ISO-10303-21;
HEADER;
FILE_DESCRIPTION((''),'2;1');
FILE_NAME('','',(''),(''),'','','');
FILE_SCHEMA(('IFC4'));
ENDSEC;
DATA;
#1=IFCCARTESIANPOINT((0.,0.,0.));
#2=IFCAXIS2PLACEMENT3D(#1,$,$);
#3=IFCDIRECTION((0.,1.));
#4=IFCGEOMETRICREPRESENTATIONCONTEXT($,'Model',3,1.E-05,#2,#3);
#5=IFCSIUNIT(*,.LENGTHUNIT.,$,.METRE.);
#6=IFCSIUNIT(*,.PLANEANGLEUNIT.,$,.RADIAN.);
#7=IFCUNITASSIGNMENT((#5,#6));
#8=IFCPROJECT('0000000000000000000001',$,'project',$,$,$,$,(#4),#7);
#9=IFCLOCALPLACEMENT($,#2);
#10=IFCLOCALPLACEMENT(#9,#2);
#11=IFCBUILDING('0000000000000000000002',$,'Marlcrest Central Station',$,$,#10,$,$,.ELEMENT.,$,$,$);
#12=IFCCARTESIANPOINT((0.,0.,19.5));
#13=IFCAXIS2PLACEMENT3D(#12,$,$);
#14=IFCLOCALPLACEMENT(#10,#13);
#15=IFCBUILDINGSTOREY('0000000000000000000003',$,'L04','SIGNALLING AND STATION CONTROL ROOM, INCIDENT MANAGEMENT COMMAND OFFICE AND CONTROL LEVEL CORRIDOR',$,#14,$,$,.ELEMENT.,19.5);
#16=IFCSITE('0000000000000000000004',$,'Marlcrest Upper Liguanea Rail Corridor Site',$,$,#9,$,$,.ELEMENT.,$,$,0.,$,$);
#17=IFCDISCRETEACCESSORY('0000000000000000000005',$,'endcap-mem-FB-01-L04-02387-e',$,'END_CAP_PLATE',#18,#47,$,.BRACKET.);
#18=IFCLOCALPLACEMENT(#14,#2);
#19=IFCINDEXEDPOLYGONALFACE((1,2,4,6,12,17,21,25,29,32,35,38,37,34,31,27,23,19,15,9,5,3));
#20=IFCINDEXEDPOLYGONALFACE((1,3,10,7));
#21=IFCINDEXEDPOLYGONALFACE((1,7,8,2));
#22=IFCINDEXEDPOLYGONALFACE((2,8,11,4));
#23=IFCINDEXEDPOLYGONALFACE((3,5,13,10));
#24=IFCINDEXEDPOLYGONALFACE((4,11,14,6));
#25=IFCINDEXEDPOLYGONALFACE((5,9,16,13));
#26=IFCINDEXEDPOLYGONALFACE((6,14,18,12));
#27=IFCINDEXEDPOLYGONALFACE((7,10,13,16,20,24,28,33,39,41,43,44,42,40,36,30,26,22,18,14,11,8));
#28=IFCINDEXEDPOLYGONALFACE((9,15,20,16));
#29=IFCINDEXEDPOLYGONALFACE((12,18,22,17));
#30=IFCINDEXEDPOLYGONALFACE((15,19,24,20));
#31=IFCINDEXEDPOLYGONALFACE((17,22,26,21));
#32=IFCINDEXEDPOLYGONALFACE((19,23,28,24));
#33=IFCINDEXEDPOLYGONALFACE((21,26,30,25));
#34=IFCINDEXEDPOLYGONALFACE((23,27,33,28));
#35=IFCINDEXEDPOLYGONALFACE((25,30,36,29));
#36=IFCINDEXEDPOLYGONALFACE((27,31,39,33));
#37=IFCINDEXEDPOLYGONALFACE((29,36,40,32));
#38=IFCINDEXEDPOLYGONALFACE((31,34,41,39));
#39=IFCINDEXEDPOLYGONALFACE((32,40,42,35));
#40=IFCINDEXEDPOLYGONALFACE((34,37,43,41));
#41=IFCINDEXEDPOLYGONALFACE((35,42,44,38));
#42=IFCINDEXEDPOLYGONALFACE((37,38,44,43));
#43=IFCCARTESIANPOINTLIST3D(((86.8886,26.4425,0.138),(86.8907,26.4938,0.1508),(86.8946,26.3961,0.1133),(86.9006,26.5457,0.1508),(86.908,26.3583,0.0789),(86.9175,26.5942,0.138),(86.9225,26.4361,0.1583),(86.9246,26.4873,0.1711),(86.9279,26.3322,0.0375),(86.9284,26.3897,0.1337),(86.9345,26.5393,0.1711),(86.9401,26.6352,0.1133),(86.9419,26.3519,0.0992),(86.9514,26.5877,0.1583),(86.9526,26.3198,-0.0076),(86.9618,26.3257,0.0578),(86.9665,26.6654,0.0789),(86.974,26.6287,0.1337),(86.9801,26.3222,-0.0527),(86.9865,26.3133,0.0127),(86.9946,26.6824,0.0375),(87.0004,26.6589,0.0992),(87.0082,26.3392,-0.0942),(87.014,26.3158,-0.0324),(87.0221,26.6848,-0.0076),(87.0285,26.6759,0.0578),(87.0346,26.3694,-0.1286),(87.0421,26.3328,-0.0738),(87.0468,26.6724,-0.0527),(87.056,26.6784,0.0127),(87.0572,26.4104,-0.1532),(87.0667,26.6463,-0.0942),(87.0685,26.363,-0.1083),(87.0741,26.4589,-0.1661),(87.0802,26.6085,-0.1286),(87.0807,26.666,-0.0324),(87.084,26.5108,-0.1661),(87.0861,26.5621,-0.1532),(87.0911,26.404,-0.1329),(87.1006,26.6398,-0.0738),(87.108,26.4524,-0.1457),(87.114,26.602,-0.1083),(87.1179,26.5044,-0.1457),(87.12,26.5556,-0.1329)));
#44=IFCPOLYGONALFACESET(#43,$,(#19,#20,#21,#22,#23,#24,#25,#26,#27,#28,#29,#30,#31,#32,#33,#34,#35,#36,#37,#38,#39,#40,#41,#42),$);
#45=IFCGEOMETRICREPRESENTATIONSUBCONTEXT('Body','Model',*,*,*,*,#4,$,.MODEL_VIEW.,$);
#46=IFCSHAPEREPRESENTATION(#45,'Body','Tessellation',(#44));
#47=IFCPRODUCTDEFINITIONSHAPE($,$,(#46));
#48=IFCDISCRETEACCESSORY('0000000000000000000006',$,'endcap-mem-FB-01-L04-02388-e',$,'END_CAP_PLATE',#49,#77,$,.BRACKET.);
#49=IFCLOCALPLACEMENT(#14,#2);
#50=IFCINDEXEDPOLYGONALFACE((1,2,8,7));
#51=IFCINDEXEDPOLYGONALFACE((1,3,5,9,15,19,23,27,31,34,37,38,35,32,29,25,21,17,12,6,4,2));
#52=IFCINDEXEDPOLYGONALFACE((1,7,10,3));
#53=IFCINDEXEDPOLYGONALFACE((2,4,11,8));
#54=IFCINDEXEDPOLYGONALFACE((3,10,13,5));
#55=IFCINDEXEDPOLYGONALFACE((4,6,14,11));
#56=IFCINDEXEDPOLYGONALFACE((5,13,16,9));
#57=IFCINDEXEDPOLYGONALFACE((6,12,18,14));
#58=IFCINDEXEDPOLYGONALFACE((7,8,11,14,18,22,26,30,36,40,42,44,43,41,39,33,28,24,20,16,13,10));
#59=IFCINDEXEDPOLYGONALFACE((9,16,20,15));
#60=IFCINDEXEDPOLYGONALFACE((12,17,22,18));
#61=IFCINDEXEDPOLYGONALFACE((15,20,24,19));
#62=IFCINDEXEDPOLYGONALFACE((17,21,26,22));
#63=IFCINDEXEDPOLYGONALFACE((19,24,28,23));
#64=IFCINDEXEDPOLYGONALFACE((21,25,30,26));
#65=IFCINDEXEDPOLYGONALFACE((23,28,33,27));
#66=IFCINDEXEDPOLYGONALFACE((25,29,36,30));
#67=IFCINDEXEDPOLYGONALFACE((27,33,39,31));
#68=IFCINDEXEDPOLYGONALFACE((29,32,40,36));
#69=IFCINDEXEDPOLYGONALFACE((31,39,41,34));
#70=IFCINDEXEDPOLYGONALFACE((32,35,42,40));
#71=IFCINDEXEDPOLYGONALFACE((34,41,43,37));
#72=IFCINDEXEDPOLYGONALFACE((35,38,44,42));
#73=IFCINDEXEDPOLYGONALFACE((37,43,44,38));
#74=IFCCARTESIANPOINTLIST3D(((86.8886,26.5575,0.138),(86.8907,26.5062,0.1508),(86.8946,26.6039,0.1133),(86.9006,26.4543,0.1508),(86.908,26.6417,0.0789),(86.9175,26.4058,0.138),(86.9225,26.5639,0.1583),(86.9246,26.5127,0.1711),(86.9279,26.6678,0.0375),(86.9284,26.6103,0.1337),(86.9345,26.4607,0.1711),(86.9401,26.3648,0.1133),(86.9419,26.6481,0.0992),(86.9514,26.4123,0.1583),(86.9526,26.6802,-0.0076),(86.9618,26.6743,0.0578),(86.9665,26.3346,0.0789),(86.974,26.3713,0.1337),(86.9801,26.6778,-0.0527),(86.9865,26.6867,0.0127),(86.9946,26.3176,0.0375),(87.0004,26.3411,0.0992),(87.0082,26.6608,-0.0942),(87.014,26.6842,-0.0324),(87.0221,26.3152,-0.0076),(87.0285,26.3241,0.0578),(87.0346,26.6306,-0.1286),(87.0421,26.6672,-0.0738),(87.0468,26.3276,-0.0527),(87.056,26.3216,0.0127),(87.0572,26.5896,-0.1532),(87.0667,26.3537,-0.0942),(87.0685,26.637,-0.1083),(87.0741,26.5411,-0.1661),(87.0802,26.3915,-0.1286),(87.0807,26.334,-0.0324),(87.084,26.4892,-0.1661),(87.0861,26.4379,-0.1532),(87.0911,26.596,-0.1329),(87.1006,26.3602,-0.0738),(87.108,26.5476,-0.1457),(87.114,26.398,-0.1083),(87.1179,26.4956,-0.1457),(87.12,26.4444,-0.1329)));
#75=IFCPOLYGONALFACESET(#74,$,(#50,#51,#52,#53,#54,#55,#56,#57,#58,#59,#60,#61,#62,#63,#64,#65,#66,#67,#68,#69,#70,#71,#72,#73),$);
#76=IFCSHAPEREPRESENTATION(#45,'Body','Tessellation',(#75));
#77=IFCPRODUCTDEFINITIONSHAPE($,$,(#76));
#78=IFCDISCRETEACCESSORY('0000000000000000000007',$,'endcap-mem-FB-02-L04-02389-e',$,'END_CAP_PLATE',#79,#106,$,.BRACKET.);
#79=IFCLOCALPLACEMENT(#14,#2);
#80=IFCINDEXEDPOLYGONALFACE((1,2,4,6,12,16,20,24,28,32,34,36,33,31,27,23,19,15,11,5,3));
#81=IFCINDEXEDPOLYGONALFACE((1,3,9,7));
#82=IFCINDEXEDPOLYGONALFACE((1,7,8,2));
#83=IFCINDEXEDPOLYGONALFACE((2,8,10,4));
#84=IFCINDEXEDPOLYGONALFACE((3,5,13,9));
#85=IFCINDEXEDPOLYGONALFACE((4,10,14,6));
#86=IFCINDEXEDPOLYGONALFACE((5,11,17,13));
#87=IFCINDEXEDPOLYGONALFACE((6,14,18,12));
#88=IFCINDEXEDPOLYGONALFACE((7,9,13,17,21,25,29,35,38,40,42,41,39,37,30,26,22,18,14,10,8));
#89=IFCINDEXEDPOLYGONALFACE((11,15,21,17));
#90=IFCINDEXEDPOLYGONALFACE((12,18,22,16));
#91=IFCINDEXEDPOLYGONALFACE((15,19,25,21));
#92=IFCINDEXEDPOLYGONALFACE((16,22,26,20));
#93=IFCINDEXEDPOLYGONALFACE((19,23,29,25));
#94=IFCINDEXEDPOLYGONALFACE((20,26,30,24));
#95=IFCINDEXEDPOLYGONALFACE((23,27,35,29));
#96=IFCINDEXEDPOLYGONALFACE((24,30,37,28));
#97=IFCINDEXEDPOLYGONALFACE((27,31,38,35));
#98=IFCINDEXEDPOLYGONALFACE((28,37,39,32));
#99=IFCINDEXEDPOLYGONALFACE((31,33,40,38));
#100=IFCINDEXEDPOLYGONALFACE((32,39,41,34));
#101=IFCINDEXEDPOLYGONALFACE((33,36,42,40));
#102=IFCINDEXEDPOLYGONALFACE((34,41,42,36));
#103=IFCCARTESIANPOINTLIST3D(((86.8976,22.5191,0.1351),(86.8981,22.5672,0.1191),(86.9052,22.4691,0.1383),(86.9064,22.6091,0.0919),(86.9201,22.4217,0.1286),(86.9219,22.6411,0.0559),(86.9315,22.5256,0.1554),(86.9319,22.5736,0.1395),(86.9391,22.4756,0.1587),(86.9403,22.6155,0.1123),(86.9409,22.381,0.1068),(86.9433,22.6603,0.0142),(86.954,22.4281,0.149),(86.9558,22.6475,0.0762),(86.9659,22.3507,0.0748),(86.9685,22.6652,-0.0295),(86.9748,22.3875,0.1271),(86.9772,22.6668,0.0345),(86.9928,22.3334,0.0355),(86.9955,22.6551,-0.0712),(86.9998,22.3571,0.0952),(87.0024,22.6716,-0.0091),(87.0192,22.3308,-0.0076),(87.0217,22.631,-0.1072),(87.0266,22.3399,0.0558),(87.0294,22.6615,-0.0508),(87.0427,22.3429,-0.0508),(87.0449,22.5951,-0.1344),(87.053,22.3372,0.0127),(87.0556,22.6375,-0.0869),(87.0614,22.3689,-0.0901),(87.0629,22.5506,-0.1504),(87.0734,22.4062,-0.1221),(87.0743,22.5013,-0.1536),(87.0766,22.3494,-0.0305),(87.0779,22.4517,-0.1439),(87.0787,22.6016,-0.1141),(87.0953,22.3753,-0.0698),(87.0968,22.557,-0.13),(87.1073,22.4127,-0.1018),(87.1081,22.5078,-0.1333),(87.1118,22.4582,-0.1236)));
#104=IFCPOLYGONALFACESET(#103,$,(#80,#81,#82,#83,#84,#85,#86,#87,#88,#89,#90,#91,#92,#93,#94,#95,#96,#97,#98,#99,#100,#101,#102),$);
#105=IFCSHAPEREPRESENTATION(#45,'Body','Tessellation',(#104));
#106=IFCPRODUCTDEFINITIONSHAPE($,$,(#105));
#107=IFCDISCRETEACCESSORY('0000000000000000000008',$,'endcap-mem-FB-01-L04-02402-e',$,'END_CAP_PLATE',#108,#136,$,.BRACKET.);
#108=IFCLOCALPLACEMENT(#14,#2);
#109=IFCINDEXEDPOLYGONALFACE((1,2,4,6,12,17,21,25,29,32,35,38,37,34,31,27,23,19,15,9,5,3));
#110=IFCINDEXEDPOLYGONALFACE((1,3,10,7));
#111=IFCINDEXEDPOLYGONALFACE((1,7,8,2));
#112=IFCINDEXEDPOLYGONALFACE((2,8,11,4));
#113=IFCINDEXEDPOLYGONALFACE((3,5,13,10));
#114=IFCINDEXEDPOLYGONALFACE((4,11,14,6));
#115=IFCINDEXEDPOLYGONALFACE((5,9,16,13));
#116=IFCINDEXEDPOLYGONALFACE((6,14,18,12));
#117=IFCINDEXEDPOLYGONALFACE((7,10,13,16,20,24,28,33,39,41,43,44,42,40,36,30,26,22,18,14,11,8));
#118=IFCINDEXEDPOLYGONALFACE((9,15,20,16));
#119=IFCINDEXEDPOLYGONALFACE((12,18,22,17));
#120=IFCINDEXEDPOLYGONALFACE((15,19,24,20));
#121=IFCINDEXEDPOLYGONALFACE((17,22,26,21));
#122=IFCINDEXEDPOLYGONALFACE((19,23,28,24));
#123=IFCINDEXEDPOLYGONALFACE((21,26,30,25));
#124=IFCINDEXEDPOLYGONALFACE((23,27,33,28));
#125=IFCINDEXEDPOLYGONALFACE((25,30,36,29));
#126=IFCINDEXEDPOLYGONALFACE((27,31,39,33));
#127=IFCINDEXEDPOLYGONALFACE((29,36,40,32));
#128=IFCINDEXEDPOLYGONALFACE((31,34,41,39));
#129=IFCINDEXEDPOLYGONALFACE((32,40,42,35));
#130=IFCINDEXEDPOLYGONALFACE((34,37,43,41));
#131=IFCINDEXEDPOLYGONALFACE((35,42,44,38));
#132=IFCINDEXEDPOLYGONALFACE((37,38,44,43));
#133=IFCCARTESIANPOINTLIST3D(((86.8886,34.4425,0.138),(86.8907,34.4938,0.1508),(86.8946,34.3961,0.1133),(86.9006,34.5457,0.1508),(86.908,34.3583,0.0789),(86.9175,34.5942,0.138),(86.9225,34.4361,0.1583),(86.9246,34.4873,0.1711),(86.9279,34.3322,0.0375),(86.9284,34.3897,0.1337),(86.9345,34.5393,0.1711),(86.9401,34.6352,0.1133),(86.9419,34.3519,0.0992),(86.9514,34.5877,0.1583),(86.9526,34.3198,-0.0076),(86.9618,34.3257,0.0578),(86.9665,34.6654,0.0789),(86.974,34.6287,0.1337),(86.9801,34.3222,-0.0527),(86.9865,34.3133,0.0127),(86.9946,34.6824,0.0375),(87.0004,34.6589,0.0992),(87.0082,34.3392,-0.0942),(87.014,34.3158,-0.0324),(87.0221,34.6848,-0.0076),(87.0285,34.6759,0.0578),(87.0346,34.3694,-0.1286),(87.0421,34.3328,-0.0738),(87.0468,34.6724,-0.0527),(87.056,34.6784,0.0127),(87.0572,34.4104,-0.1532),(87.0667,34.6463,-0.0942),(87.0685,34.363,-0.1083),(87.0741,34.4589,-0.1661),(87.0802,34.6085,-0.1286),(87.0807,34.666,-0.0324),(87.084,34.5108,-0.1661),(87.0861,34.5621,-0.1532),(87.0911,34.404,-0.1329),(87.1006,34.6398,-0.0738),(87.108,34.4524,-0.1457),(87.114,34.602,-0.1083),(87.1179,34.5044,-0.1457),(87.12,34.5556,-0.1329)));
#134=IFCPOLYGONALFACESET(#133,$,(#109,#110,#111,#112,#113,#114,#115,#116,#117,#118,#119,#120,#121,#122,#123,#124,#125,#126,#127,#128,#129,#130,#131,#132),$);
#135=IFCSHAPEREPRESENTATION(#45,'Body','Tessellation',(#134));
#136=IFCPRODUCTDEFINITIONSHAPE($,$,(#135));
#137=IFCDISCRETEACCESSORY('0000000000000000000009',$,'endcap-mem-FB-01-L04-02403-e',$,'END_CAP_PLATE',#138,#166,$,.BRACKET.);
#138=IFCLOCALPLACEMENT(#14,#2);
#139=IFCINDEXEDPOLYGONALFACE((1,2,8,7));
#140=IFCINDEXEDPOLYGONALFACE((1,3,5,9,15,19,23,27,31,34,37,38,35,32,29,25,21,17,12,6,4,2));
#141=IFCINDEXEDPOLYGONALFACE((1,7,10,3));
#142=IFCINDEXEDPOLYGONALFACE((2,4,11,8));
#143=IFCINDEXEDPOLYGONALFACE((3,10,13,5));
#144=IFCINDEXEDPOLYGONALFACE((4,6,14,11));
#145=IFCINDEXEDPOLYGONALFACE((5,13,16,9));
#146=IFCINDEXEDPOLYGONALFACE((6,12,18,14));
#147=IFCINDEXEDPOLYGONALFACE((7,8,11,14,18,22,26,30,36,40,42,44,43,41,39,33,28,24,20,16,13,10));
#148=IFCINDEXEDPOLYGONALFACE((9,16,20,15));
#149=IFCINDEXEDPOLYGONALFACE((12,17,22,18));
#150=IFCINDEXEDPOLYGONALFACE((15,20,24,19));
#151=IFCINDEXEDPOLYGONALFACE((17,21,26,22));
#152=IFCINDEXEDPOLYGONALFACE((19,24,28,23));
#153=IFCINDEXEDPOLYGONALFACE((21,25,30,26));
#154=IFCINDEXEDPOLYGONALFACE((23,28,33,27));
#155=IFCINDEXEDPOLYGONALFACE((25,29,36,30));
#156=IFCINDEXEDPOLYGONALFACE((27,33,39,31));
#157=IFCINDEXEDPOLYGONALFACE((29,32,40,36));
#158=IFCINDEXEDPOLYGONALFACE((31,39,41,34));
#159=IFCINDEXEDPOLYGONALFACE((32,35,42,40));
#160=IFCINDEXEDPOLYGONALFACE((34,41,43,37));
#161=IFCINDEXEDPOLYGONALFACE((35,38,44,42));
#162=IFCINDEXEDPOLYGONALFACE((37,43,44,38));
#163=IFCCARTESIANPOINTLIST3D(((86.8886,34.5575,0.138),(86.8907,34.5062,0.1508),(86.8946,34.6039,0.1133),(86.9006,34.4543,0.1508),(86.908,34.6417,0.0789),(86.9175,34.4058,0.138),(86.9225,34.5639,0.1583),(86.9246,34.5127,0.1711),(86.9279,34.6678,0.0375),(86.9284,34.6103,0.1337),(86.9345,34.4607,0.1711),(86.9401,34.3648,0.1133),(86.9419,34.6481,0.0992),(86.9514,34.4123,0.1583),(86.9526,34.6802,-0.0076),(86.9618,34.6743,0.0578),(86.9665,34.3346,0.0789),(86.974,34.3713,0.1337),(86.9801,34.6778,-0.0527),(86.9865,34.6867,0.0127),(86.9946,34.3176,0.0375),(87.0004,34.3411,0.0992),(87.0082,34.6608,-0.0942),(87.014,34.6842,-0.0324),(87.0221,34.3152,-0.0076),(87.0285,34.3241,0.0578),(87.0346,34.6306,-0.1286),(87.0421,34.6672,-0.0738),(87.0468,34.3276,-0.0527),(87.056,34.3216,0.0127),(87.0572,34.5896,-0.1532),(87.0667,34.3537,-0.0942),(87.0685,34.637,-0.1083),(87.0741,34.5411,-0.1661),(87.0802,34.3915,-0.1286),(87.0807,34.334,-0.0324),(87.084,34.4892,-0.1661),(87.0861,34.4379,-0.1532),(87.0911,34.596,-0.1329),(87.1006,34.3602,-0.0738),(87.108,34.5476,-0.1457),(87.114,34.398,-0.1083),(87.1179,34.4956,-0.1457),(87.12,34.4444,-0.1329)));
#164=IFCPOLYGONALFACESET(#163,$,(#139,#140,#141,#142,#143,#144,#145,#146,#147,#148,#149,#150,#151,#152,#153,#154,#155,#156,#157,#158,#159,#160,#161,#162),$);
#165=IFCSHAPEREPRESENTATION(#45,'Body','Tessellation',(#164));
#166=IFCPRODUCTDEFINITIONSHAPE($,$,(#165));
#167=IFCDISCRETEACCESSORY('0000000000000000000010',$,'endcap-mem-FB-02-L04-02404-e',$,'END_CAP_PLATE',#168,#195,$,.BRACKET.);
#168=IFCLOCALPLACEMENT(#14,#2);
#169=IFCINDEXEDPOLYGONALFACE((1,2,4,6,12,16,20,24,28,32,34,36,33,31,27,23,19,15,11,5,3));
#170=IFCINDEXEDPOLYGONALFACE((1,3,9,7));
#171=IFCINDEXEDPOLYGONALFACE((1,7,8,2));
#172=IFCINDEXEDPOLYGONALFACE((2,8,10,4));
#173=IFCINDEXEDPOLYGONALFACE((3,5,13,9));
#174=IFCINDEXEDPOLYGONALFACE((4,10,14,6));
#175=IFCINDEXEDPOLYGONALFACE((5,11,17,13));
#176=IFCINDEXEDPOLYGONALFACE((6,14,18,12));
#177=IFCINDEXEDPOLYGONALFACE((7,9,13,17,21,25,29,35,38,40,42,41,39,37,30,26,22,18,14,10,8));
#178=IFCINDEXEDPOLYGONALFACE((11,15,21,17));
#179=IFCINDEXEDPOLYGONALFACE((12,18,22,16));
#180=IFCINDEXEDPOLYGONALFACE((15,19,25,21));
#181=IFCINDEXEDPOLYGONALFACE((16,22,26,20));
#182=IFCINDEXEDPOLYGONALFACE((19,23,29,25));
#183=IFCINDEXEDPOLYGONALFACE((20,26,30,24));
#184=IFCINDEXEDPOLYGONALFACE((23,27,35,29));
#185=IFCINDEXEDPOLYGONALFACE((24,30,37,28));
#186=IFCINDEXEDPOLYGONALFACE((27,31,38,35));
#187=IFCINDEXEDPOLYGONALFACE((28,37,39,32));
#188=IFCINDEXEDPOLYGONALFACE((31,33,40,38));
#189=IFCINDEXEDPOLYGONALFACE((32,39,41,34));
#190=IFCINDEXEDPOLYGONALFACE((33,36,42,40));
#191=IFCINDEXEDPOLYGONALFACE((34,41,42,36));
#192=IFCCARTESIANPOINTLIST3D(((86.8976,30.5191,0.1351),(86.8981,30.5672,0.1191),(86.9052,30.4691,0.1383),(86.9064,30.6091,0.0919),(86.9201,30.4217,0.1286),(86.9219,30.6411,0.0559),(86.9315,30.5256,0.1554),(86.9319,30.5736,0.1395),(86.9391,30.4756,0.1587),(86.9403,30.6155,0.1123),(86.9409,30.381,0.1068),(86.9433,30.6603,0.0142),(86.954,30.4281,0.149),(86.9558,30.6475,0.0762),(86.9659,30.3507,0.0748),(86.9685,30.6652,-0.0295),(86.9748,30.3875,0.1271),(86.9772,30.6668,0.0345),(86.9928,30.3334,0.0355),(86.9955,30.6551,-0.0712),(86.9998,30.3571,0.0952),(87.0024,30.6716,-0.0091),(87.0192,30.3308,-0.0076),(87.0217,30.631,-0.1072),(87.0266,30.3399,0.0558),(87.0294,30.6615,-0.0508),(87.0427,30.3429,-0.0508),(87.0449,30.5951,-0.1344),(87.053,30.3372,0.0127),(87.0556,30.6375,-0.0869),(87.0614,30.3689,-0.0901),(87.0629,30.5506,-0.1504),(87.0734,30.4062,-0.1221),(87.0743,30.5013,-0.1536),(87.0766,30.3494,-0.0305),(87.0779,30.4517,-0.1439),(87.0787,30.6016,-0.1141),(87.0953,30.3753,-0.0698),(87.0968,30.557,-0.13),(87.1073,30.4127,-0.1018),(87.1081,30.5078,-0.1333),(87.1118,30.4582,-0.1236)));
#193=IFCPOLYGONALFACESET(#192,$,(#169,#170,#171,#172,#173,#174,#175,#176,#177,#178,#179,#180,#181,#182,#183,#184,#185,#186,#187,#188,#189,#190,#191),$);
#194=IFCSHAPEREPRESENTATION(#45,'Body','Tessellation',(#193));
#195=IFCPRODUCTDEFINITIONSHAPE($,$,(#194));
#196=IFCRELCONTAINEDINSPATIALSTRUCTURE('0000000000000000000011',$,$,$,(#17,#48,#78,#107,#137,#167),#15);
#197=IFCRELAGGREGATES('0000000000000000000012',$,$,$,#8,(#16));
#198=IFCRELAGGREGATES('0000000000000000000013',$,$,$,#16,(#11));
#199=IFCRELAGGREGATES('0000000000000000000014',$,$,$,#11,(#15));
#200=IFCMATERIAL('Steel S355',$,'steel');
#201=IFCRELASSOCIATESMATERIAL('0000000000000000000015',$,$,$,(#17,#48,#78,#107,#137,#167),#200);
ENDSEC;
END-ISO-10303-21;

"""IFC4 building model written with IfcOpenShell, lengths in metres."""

from ifc_helpers import new_model, si_unit, direction, frame, origin, origin_2d, place, context, subcontext, project, spatial, circle, extrude, material, element, save


model = new_model("IFC4")

# Units and contexts
model_context = context("Model", 3, precision=1e-05, world=origin(), true_north=direction((0.0, 1.0)))
body_context = subcontext(model_context, "Body", "Model", "MODEL_VIEW")
ifc_project = project(units=[si_unit("LENGTHUNIT", "METRE"), si_unit("PLANEANGLEUNIT", "RADIAN")], contexts=[model_context])

# Site, building, storey
site_placement = place(None, origin())
site = spatial("IfcSite", under=ifc_project, at=site_placement, Name="Marlcrest Upper Liguanea Rail Corridor Site", CompositionType="ELEMENT", RefElevation=0.0)
building_placement = place(site_placement, origin())
building = spatial("IfcBuilding", under=site, at=building_placement, Name="Marlcrest Central Station", CompositionType="ELEMENT")
storey_placement = place(building_placement, frame((0.0, 0.0, 19.5)))
storey = spatial("IfcBuildingStorey", under=building, at=storey_placement, Name="L04", Description="SIGNALLING AND STATION CONTROL ROOM, INCIDENT MANAGEMENT COMMAND OFFICE AND CONTROL LEVEL CORRIDOR", CompositionType="ELEMENT", Elevation=19.5)

# Shared definitions
ifc_material_1 = material(Name="Steel S355", Category="steel")

# Discrete accessories
for number, where, z_axis, x_axis, name in (
    (1, (87.0212, 26.4958, 0.0127), (-0.846277, 0.161196, -0.50777), (-0.187112, -0.982339, 0.0), "endcap-mem-FB-01-L04-02387-e"),
    (2, (87.0212, 26.5042, 0.0127), (-0.846277, -0.161196, -0.50777), (0.187112, -0.982339, 0.0), "endcap-mem-FB-01-L04-02388-e"),
):
    element("IfcDiscreteAccessory", number, at=place(storey_placement, frame(where, z_axis=z_axis, x_axis=x_axis)), inside=storey, material=ifc_material_1, Name=name, ObjectType="END_CAP_PLATE", PredefinedType="BRACKET", context=body_context, shape_type="SweptSolid", body=[
        extrude(circle(Radius=0.1858, at=origin_2d()), origin(), (0.0, 0.0, 1.0), 0.04),
    ])
discrete_accessory_1_placement = place(storey_placement, frame((87.0212, 22.5042, 0.0127), z_axis=(-0.846277, -0.161196, -0.50777), x_axis=(0.187112, -0.982339, 0.0)))
element("IfcDiscreteAccessory", 3, at=discrete_accessory_1_placement, inside=storey, material=ifc_material_1, Name="endcap-mem-FB-02-L04-02389-e", ObjectType="END_CAP_PLATE", PredefinedType="BRACKET", context=body_context, shape_type="SweptSolid", body=[
    extrude(circle(Radius=0.1699, at=origin_2d()), origin(), (0.0, 0.0, 1.0), 0.04),
])
for number, where, z_axis, x_axis, name in (
    (4, (87.0212, 34.4958, 0.0127), (-0.846277, 0.161196, -0.50777), (-0.187112, -0.982339, 0.0), "endcap-mem-FB-01-L04-02402-e"),
    (5, (87.0212, 34.5042, 0.0127), (-0.846277, -0.161196, -0.50777), (0.187112, -0.982339, 0.0), "endcap-mem-FB-01-L04-02403-e"),
):
    element("IfcDiscreteAccessory", number, at=place(storey_placement, frame(where, z_axis=z_axis, x_axis=x_axis)), inside=storey, material=ifc_material_1, Name=name, ObjectType="END_CAP_PLATE", PredefinedType="BRACKET", context=body_context, shape_type="SweptSolid", body=[
        extrude(circle(Radius=0.1858, at=origin_2d()), origin(), (0.0, 0.0, 1.0), 0.04),
    ])
discrete_accessory_2_placement = place(storey_placement, frame((87.0212, 30.5042, 0.0127), z_axis=(-0.846277, -0.161196, -0.50777), x_axis=(0.187112, -0.982339, 0.0)))
element("IfcDiscreteAccessory", 6, at=discrete_accessory_2_placement, inside=storey, material=ifc_material_1, Name="endcap-mem-FB-02-L04-02404-e", ObjectType="END_CAP_PLATE", PredefinedType="BRACKET", context=body_context, shape_type="SweptSolid", body=[
    extrude(circle(Radius=0.1699, at=origin_2d()), origin(), (0.0, 0.0, 1.0), 0.04),
])

save(model, "model.ifc")
